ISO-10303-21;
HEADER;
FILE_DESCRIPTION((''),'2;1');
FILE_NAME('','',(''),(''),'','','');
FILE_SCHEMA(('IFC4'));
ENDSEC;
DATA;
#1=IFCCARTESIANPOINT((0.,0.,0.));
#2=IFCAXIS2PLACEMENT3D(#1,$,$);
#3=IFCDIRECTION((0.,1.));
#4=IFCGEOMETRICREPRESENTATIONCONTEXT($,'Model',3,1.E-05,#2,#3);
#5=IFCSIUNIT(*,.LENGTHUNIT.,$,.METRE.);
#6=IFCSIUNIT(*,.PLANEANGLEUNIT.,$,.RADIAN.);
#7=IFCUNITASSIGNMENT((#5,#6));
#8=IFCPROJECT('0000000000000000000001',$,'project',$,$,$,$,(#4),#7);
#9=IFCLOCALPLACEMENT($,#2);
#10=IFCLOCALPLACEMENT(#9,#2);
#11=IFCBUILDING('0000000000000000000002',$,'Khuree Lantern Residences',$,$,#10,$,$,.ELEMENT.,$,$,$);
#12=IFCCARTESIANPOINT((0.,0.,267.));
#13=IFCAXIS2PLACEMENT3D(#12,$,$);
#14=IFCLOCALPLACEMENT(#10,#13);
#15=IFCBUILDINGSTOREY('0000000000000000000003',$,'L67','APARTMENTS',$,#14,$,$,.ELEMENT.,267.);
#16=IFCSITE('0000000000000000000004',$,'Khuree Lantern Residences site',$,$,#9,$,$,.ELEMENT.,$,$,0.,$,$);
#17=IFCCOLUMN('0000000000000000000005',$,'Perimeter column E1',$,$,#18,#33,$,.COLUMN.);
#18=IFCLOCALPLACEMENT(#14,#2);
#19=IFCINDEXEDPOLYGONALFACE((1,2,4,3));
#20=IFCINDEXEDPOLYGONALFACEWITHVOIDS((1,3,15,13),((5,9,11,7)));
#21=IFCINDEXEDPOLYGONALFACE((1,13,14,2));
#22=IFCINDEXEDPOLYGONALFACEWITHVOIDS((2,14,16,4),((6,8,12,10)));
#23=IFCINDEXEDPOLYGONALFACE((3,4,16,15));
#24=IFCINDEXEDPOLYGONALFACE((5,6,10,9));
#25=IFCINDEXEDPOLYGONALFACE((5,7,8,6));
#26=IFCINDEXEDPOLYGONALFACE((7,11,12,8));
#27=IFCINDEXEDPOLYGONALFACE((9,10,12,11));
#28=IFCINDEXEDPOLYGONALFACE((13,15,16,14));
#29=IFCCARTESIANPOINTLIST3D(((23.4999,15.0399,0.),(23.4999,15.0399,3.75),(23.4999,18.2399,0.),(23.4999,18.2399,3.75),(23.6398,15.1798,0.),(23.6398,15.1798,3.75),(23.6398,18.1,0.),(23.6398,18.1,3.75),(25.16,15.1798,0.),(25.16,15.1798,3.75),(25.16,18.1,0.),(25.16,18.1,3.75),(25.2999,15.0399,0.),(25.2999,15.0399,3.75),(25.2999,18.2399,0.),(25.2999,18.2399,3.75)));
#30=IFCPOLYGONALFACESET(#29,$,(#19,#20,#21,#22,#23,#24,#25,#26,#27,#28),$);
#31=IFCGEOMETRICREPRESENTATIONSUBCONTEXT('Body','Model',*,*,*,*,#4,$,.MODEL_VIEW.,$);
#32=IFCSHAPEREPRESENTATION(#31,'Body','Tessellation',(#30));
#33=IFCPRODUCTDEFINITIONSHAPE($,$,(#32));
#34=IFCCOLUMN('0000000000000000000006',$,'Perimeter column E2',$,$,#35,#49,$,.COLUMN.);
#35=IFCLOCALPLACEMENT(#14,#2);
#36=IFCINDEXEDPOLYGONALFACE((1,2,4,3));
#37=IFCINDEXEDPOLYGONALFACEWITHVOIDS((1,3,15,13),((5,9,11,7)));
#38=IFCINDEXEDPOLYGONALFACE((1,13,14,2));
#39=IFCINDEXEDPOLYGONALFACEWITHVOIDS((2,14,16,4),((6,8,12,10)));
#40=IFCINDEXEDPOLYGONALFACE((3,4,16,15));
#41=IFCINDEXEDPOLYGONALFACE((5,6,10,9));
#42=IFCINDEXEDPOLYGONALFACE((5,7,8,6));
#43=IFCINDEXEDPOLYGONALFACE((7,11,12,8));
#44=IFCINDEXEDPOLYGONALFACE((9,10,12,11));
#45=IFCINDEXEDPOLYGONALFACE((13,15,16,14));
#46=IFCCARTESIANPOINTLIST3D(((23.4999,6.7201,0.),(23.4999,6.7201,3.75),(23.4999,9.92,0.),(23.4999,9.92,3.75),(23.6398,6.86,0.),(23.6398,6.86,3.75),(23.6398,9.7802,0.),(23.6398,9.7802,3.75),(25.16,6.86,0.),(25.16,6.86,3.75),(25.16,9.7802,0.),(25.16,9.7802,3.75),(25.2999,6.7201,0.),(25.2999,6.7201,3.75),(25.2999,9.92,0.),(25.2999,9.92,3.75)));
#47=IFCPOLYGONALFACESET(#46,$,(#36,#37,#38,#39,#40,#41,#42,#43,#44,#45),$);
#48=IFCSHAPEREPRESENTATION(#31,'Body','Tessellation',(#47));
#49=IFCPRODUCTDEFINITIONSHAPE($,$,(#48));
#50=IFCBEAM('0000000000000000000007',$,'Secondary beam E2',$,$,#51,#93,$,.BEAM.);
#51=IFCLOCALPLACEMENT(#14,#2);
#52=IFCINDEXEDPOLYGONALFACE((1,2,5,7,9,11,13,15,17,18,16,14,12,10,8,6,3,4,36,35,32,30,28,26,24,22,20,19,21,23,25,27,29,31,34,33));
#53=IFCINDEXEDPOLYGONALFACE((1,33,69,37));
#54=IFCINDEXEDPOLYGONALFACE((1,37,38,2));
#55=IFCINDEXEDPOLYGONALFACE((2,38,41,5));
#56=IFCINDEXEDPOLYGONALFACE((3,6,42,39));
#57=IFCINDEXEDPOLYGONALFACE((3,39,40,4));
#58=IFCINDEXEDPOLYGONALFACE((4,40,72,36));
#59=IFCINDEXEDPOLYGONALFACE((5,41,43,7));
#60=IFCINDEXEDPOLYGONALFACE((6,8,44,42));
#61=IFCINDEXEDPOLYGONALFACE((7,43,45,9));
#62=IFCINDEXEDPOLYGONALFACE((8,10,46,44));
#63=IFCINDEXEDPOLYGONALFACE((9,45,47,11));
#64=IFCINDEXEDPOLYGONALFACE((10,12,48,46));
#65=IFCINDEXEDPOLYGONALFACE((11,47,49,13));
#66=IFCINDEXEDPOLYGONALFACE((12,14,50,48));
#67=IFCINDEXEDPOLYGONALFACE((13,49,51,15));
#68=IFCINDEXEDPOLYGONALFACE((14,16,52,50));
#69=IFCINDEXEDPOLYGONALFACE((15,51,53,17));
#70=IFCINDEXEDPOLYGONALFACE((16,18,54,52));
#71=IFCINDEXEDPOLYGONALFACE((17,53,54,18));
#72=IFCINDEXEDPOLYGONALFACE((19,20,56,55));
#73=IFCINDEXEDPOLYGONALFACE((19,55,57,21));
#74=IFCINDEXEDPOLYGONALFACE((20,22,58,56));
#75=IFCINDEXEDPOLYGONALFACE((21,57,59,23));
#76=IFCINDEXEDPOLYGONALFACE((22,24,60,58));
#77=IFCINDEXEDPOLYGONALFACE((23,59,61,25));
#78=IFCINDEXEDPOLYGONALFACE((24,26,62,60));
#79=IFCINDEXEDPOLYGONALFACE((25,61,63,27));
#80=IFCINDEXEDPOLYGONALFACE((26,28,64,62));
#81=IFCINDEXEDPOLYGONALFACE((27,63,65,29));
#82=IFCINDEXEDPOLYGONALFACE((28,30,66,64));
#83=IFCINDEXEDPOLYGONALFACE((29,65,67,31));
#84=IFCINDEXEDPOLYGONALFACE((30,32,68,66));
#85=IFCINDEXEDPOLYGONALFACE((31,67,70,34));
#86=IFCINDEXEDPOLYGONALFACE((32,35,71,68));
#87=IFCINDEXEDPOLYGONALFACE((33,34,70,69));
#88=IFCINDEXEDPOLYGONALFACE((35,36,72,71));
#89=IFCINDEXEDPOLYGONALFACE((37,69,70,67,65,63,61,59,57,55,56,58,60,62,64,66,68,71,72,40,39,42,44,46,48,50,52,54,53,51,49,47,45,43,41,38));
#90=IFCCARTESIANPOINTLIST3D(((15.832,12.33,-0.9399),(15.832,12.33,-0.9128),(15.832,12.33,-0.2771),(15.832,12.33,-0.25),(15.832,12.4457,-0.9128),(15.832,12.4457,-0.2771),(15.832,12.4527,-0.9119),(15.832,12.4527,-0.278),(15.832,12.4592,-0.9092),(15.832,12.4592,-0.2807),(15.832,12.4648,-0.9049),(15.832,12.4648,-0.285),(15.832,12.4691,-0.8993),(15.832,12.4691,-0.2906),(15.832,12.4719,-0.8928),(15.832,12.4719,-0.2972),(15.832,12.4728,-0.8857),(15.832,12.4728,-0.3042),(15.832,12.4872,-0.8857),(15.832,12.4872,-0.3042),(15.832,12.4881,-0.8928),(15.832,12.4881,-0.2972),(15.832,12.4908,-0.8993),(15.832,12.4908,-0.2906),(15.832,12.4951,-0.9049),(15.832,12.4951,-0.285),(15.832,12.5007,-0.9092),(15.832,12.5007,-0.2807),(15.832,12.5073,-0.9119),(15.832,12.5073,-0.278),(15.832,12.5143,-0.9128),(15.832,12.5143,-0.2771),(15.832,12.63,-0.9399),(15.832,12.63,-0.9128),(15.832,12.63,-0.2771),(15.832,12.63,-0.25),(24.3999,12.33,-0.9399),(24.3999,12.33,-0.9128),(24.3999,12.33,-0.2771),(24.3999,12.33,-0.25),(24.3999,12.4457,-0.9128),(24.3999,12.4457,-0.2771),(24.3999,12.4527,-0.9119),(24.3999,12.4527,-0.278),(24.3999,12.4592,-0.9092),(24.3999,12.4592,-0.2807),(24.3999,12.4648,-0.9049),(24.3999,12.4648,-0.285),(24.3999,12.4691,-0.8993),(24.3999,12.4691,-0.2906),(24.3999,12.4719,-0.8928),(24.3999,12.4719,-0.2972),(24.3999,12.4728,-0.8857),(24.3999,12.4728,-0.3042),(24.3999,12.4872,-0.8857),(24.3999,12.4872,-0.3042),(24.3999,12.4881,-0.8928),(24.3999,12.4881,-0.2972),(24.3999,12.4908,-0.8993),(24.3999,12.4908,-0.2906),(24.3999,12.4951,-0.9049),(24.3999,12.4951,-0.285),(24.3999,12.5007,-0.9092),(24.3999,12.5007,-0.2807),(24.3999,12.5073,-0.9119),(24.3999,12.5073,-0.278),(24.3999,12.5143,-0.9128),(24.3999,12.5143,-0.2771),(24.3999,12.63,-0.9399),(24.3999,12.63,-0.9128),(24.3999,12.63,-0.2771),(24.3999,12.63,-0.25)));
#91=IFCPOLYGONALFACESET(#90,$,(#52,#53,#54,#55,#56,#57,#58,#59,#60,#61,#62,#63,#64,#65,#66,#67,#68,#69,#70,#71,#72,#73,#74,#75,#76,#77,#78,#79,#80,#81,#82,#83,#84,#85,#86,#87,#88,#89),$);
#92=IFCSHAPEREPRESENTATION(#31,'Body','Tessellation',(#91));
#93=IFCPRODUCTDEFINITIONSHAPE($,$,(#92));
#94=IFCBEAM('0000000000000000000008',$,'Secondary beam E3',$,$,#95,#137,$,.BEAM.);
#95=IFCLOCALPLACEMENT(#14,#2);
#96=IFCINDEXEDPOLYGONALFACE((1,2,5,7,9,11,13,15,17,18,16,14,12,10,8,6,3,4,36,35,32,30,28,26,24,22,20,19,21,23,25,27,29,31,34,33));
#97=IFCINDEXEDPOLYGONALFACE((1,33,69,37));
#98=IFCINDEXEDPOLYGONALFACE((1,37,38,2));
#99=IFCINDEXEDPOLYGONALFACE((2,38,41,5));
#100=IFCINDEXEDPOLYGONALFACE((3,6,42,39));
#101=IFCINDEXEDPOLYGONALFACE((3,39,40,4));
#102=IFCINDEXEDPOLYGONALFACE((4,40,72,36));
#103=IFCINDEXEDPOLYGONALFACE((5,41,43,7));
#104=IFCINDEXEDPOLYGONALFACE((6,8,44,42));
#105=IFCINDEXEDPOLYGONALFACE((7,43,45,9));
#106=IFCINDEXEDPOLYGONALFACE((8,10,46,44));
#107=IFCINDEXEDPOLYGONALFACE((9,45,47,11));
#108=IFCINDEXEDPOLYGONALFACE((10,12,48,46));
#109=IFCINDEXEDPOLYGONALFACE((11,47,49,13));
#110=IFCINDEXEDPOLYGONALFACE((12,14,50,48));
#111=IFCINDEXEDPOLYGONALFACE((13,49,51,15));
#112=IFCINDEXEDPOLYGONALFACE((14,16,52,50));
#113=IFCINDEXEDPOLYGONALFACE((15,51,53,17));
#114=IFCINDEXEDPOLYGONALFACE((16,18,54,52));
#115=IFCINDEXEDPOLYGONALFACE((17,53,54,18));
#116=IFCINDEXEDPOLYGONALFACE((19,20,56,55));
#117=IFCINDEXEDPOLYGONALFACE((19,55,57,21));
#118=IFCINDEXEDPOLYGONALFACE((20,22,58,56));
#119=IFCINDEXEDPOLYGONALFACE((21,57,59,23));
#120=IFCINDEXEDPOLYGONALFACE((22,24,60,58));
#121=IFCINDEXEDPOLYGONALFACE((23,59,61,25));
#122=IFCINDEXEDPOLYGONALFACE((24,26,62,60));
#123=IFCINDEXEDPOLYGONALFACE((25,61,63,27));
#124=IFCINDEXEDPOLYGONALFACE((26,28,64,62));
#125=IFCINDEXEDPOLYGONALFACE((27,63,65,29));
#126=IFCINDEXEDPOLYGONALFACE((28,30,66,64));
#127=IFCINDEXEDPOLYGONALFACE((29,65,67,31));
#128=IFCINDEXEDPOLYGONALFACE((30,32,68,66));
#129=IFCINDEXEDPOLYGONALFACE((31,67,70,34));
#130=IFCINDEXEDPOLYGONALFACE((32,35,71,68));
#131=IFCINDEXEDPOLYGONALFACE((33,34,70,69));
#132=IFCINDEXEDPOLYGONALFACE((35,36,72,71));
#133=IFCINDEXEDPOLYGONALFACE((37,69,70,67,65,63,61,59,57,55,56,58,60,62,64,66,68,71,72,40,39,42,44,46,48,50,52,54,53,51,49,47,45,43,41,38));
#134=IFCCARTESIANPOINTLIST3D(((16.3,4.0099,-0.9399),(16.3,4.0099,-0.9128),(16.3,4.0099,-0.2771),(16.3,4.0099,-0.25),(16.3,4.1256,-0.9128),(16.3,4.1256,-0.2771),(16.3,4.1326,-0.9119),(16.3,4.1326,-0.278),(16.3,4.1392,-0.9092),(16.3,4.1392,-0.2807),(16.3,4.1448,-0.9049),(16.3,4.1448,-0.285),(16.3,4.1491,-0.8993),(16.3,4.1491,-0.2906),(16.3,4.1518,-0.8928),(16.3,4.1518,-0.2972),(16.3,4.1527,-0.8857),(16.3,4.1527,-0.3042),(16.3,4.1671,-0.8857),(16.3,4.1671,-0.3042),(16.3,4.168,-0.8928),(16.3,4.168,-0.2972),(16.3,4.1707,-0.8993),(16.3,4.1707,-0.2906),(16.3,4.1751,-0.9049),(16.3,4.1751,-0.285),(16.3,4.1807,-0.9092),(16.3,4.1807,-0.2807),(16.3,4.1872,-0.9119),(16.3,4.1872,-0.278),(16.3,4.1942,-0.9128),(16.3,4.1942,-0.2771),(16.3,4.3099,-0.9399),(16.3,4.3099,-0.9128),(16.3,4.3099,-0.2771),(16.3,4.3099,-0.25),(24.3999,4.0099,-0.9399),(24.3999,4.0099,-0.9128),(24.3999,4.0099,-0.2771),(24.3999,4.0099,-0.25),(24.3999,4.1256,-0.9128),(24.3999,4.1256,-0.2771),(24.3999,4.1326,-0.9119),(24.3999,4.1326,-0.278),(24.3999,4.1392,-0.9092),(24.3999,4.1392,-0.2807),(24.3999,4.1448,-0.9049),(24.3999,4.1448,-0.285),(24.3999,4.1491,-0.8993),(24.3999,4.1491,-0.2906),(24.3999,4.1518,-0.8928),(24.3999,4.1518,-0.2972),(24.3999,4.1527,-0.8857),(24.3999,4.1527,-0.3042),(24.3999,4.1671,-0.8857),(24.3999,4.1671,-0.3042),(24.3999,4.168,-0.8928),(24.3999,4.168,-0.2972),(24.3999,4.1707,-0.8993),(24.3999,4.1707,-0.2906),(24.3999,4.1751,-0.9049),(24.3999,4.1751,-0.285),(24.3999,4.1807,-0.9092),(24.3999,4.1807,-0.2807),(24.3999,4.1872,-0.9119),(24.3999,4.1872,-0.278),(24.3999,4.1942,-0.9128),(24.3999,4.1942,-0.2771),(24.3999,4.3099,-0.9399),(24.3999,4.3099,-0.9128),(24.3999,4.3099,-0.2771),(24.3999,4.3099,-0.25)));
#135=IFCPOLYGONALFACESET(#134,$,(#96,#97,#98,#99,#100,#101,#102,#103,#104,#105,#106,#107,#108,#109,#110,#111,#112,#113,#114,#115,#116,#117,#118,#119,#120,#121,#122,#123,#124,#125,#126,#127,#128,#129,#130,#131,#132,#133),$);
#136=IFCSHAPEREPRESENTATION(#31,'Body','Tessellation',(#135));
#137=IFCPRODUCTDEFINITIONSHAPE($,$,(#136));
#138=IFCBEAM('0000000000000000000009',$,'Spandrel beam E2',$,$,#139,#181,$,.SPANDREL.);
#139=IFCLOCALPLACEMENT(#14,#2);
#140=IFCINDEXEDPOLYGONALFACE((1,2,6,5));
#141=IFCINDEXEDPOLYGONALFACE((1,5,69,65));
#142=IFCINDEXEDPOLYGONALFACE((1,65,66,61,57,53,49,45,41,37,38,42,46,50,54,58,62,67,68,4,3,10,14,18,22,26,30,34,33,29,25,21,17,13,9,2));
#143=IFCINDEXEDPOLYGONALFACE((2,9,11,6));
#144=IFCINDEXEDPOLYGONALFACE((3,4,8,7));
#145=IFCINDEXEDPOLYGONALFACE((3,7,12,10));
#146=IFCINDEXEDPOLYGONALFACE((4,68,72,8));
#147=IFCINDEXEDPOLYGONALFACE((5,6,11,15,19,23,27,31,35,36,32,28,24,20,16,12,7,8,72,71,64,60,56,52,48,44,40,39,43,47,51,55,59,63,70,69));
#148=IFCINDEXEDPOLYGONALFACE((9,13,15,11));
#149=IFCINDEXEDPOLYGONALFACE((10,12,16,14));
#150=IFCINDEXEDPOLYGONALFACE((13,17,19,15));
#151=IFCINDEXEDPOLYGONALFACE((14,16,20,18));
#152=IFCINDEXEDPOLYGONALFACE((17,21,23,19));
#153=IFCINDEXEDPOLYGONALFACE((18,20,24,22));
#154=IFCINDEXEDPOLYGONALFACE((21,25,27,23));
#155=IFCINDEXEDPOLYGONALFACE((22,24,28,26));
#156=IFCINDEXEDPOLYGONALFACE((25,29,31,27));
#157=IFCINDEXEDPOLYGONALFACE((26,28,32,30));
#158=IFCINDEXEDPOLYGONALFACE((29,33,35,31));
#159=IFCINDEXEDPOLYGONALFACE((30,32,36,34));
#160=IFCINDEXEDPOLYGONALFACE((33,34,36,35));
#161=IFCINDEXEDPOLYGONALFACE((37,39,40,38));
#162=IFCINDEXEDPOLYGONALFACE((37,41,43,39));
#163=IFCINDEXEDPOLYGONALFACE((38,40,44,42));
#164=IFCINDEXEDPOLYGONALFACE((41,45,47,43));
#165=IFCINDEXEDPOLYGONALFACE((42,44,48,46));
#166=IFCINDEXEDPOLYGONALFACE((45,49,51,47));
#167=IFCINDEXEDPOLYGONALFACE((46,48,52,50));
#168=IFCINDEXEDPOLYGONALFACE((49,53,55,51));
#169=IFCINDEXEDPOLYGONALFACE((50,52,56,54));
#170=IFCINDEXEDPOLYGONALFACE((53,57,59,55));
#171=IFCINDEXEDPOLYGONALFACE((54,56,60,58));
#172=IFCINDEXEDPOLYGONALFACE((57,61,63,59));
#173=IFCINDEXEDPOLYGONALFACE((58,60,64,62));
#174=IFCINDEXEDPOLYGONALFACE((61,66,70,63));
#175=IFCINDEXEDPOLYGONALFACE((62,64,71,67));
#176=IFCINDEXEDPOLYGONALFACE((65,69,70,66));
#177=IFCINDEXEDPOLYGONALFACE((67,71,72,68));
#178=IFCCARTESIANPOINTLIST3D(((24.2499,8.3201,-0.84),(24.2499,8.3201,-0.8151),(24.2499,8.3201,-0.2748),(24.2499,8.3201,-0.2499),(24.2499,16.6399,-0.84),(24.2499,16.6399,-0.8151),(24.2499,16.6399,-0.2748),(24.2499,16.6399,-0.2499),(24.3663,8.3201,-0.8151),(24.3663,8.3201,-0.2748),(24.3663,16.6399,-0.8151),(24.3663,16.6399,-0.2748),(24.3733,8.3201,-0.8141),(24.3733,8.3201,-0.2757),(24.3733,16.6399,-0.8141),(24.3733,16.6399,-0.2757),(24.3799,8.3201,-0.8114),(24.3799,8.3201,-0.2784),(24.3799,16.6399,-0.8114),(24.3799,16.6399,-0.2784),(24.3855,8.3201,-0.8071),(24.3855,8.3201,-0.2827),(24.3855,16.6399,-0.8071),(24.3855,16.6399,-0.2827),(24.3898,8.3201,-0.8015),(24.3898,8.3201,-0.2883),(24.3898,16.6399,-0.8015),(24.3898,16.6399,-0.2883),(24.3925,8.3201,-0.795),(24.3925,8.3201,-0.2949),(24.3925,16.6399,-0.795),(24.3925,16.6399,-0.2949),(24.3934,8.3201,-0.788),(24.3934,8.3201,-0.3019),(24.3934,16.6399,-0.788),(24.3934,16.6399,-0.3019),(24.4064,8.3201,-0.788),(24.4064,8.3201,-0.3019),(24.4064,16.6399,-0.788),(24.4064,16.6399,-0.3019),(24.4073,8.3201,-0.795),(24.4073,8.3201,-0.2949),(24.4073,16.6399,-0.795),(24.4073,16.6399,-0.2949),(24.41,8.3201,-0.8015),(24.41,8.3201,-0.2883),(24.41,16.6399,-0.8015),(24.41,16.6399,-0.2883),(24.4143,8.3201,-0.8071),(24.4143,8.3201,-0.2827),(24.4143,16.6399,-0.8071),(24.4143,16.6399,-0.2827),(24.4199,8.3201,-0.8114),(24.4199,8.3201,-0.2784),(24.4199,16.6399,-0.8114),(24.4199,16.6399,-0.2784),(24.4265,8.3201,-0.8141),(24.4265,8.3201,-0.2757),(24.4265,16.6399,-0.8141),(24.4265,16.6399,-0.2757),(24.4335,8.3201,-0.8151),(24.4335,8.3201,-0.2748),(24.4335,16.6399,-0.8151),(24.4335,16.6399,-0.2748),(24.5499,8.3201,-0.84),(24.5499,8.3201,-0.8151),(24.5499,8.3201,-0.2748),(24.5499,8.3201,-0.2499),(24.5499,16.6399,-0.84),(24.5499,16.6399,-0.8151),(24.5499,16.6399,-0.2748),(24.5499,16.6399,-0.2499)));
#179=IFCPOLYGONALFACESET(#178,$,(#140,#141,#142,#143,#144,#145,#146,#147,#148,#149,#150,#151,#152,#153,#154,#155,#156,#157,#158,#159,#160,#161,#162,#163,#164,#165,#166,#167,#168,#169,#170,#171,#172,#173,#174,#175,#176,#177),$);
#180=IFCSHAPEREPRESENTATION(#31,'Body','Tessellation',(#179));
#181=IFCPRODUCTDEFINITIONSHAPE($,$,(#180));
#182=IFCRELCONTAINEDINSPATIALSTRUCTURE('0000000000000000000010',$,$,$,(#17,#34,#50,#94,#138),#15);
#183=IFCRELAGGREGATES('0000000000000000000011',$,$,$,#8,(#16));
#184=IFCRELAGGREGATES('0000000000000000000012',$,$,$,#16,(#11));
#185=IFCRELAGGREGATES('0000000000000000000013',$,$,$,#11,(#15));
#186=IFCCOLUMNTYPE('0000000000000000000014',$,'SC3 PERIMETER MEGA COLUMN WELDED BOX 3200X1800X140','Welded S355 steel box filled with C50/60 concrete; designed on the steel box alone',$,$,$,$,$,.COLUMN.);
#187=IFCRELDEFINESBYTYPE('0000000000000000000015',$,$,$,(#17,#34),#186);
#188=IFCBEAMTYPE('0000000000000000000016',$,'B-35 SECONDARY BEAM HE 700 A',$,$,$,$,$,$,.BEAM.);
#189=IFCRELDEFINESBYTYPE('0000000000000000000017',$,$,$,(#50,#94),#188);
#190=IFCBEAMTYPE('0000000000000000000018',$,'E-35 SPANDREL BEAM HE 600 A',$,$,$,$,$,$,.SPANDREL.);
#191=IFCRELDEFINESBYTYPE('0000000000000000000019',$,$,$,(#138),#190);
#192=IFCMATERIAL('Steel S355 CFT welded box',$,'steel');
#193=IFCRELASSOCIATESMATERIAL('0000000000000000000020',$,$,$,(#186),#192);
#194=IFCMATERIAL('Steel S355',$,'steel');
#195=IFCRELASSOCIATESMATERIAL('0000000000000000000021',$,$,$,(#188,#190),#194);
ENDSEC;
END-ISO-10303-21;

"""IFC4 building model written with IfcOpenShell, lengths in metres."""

from ifc_helpers import new_model, si_unit, direction, frame, origin, origin_2d, place, context, subcontext, project, spatial, hollow_rectangle, i_section, extrude, material, material_profile, profile_set, type_object, element, save


model = new_model("IFC4")

# Units and contexts
model_context = context("Model", 3, precision=1e-05, world=origin(), true_north=direction((0.0, 1.0)))
body_context = subcontext(model_context, "Body", "Model", "MODEL_VIEW")
ifc_project = project(units=[si_unit("LENGTHUNIT", "METRE"), si_unit("PLANEANGLEUNIT", "RADIAN")], contexts=[model_context])

# Site, building, storey
site_placement = place(None, origin())
site = spatial("IfcSite", under=ifc_project, at=site_placement, Name="Khuree Lantern Residences site", CompositionType="ELEMENT", RefElevation=0.0)
building_placement = place(site_placement, origin())
building = spatial("IfcBuilding", under=site, at=building_placement, Name="Khuree Lantern Residences", CompositionType="ELEMENT")
storey_placement = place(building_placement, frame((0.0, 0.0, 267.0)))
storey = spatial("IfcBuildingStorey", under=building, at=storey_placement, Name="L67", Description="APARTMENTS", CompositionType="ELEMENT", Elevation=267.0)

# Columns
ifc_material_1 = material(Name="Steel S355 CFT welded box", Category="steel")
ifc_material_profile_1 = material_profile(ifc_material_1, hollow_rectangle(XDim=3.2, YDim=1.8, WallThickness=0.1399, at=origin_2d()), Name="WELDED BOX 3200X1800X140")
ifc_profile_set_1 = profile_set([ifc_material_profile_1], Name="Steel S355 CFT welded box")
column_type = type_object("IfcColumnType", Name="SC3 PERIMETER MEGA COLUMN WELDED BOX 3200X1800X140", Description="Welded S355 steel box filled with C50/60 concrete; designed on the steel box alone", PredefinedType="COLUMN", material=ifc_profile_set_1)
for number, where, z_axis, x_axis, name in (
    (1, (24.3999, 16.6399, 0.0), (0.0, 0.0, 1.0), (0.0, 1.0, 0.0), "Perimeter column E1"),
    (2, (24.3999, 8.3201, 0.0), (0.0, 0.0, 1.0), (0.0, 1.0, 0.0), "Perimeter column E2"),
):
    element("IfcColumn", number, at=place(storey_placement, frame(where, z_axis=z_axis, x_axis=x_axis)), inside=storey, type_object=column_type, Name=name, PredefinedType="COLUMN", context=body_context, shape_type="SweptSolid", body=[
        extrude(hollow_rectangle(XDim=3.2, YDim=1.8, WallThickness=0.1399, at=origin_2d()), origin(), (0.0, 0.0, 1.0), 3.75),
    ])

# Beams
ifc_material_2 = material(Name="Steel S355", Category="steel")
ifc_material_profile_2 = material_profile(ifc_material_2, i_section(OverallWidth=0.3, OverallDepth=0.6899, WebThickness=0.0144, FlangeThickness=0.0271, FilletRadius=0.0271, at=origin_2d()), Name="HE 700 A")
ifc_profile_set_2 = profile_set([ifc_material_profile_2], Name="Steel S355")
beam_type_1 = type_object("IfcBeamType", Name="B-35 SECONDARY BEAM HE 700 A", PredefinedType="BEAM", material=ifc_profile_set_2)
beam_1_placement = place(storey_placement, frame((24.3999, 12.48, -0.595), z_axis=(-1.0, 0.0, 0.0), x_axis=(0.0, -1.0, 0.0)))
element("IfcBeam", 3, at=beam_1_placement, inside=storey, type_object=beam_type_1, Name="Secondary beam E2", PredefinedType="BEAM", context=body_context, shape_type="SweptSolid", body=[
    extrude(i_section(OverallWidth=0.3, OverallDepth=0.6899, WebThickness=0.0144, FlangeThickness=0.0271, FilletRadius=0.0271, at=origin_2d()), origin(), (0.0, 0.0, 1.0), 8.5679),
])
beam_2_placement = place(storey_placement, frame((24.3999, 4.1599, -0.595), z_axis=(-1.0, 0.0, 0.0), x_axis=(0.0, -1.0, 0.0)))
element("IfcBeam", 4, at=beam_2_placement, inside=storey, type_object=beam_type_1, Name="Secondary beam E3", PredefinedType="BEAM", context=body_context, shape_type="SweptSolid", body=[
    extrude(i_section(OverallWidth=0.3, OverallDepth=0.6899, WebThickness=0.0144, FlangeThickness=0.0271, FilletRadius=0.0271, at=origin_2d()), origin(), (0.0, 0.0, 1.0), 8.0999),
])
ifc_material_profile_3 = material_profile(ifc_material_2, i_section(OverallWidth=0.3, OverallDepth=0.5901, WebThickness=0.0129, FlangeThickness=0.0249, FilletRadius=0.0271, at=origin_2d()), Name="HE 600 A")
ifc_profile_set_3 = profile_set([ifc_material_profile_3], Name="Steel S355")
beam_type_2 = type_object("IfcBeamType", Name="E-35 SPANDREL BEAM HE 600 A", PredefinedType="SPANDREL", material=ifc_profile_set_3)
beam_3_placement = place(storey_placement, frame((24.3999, 16.6399, -0.5449), z_axis=(0.0, -1.0, 0.0), x_axis=(1.0, 0.0, 0.0)))
element("IfcBeam", 5, at=beam_3_placement, inside=storey, type_object=beam_type_2, Name="Spandrel beam E2", PredefinedType="SPANDREL", context=body_context, shape_type="SweptSolid", body=[
    extrude(i_section(OverallWidth=0.3, OverallDepth=0.5901, WebThickness=0.0129, FlangeThickness=0.0249, FilletRadius=0.0271, at=origin_2d()), origin(), (0.0, 0.0, 1.0), 8.3198),
])

save(model, "model.ifc")
